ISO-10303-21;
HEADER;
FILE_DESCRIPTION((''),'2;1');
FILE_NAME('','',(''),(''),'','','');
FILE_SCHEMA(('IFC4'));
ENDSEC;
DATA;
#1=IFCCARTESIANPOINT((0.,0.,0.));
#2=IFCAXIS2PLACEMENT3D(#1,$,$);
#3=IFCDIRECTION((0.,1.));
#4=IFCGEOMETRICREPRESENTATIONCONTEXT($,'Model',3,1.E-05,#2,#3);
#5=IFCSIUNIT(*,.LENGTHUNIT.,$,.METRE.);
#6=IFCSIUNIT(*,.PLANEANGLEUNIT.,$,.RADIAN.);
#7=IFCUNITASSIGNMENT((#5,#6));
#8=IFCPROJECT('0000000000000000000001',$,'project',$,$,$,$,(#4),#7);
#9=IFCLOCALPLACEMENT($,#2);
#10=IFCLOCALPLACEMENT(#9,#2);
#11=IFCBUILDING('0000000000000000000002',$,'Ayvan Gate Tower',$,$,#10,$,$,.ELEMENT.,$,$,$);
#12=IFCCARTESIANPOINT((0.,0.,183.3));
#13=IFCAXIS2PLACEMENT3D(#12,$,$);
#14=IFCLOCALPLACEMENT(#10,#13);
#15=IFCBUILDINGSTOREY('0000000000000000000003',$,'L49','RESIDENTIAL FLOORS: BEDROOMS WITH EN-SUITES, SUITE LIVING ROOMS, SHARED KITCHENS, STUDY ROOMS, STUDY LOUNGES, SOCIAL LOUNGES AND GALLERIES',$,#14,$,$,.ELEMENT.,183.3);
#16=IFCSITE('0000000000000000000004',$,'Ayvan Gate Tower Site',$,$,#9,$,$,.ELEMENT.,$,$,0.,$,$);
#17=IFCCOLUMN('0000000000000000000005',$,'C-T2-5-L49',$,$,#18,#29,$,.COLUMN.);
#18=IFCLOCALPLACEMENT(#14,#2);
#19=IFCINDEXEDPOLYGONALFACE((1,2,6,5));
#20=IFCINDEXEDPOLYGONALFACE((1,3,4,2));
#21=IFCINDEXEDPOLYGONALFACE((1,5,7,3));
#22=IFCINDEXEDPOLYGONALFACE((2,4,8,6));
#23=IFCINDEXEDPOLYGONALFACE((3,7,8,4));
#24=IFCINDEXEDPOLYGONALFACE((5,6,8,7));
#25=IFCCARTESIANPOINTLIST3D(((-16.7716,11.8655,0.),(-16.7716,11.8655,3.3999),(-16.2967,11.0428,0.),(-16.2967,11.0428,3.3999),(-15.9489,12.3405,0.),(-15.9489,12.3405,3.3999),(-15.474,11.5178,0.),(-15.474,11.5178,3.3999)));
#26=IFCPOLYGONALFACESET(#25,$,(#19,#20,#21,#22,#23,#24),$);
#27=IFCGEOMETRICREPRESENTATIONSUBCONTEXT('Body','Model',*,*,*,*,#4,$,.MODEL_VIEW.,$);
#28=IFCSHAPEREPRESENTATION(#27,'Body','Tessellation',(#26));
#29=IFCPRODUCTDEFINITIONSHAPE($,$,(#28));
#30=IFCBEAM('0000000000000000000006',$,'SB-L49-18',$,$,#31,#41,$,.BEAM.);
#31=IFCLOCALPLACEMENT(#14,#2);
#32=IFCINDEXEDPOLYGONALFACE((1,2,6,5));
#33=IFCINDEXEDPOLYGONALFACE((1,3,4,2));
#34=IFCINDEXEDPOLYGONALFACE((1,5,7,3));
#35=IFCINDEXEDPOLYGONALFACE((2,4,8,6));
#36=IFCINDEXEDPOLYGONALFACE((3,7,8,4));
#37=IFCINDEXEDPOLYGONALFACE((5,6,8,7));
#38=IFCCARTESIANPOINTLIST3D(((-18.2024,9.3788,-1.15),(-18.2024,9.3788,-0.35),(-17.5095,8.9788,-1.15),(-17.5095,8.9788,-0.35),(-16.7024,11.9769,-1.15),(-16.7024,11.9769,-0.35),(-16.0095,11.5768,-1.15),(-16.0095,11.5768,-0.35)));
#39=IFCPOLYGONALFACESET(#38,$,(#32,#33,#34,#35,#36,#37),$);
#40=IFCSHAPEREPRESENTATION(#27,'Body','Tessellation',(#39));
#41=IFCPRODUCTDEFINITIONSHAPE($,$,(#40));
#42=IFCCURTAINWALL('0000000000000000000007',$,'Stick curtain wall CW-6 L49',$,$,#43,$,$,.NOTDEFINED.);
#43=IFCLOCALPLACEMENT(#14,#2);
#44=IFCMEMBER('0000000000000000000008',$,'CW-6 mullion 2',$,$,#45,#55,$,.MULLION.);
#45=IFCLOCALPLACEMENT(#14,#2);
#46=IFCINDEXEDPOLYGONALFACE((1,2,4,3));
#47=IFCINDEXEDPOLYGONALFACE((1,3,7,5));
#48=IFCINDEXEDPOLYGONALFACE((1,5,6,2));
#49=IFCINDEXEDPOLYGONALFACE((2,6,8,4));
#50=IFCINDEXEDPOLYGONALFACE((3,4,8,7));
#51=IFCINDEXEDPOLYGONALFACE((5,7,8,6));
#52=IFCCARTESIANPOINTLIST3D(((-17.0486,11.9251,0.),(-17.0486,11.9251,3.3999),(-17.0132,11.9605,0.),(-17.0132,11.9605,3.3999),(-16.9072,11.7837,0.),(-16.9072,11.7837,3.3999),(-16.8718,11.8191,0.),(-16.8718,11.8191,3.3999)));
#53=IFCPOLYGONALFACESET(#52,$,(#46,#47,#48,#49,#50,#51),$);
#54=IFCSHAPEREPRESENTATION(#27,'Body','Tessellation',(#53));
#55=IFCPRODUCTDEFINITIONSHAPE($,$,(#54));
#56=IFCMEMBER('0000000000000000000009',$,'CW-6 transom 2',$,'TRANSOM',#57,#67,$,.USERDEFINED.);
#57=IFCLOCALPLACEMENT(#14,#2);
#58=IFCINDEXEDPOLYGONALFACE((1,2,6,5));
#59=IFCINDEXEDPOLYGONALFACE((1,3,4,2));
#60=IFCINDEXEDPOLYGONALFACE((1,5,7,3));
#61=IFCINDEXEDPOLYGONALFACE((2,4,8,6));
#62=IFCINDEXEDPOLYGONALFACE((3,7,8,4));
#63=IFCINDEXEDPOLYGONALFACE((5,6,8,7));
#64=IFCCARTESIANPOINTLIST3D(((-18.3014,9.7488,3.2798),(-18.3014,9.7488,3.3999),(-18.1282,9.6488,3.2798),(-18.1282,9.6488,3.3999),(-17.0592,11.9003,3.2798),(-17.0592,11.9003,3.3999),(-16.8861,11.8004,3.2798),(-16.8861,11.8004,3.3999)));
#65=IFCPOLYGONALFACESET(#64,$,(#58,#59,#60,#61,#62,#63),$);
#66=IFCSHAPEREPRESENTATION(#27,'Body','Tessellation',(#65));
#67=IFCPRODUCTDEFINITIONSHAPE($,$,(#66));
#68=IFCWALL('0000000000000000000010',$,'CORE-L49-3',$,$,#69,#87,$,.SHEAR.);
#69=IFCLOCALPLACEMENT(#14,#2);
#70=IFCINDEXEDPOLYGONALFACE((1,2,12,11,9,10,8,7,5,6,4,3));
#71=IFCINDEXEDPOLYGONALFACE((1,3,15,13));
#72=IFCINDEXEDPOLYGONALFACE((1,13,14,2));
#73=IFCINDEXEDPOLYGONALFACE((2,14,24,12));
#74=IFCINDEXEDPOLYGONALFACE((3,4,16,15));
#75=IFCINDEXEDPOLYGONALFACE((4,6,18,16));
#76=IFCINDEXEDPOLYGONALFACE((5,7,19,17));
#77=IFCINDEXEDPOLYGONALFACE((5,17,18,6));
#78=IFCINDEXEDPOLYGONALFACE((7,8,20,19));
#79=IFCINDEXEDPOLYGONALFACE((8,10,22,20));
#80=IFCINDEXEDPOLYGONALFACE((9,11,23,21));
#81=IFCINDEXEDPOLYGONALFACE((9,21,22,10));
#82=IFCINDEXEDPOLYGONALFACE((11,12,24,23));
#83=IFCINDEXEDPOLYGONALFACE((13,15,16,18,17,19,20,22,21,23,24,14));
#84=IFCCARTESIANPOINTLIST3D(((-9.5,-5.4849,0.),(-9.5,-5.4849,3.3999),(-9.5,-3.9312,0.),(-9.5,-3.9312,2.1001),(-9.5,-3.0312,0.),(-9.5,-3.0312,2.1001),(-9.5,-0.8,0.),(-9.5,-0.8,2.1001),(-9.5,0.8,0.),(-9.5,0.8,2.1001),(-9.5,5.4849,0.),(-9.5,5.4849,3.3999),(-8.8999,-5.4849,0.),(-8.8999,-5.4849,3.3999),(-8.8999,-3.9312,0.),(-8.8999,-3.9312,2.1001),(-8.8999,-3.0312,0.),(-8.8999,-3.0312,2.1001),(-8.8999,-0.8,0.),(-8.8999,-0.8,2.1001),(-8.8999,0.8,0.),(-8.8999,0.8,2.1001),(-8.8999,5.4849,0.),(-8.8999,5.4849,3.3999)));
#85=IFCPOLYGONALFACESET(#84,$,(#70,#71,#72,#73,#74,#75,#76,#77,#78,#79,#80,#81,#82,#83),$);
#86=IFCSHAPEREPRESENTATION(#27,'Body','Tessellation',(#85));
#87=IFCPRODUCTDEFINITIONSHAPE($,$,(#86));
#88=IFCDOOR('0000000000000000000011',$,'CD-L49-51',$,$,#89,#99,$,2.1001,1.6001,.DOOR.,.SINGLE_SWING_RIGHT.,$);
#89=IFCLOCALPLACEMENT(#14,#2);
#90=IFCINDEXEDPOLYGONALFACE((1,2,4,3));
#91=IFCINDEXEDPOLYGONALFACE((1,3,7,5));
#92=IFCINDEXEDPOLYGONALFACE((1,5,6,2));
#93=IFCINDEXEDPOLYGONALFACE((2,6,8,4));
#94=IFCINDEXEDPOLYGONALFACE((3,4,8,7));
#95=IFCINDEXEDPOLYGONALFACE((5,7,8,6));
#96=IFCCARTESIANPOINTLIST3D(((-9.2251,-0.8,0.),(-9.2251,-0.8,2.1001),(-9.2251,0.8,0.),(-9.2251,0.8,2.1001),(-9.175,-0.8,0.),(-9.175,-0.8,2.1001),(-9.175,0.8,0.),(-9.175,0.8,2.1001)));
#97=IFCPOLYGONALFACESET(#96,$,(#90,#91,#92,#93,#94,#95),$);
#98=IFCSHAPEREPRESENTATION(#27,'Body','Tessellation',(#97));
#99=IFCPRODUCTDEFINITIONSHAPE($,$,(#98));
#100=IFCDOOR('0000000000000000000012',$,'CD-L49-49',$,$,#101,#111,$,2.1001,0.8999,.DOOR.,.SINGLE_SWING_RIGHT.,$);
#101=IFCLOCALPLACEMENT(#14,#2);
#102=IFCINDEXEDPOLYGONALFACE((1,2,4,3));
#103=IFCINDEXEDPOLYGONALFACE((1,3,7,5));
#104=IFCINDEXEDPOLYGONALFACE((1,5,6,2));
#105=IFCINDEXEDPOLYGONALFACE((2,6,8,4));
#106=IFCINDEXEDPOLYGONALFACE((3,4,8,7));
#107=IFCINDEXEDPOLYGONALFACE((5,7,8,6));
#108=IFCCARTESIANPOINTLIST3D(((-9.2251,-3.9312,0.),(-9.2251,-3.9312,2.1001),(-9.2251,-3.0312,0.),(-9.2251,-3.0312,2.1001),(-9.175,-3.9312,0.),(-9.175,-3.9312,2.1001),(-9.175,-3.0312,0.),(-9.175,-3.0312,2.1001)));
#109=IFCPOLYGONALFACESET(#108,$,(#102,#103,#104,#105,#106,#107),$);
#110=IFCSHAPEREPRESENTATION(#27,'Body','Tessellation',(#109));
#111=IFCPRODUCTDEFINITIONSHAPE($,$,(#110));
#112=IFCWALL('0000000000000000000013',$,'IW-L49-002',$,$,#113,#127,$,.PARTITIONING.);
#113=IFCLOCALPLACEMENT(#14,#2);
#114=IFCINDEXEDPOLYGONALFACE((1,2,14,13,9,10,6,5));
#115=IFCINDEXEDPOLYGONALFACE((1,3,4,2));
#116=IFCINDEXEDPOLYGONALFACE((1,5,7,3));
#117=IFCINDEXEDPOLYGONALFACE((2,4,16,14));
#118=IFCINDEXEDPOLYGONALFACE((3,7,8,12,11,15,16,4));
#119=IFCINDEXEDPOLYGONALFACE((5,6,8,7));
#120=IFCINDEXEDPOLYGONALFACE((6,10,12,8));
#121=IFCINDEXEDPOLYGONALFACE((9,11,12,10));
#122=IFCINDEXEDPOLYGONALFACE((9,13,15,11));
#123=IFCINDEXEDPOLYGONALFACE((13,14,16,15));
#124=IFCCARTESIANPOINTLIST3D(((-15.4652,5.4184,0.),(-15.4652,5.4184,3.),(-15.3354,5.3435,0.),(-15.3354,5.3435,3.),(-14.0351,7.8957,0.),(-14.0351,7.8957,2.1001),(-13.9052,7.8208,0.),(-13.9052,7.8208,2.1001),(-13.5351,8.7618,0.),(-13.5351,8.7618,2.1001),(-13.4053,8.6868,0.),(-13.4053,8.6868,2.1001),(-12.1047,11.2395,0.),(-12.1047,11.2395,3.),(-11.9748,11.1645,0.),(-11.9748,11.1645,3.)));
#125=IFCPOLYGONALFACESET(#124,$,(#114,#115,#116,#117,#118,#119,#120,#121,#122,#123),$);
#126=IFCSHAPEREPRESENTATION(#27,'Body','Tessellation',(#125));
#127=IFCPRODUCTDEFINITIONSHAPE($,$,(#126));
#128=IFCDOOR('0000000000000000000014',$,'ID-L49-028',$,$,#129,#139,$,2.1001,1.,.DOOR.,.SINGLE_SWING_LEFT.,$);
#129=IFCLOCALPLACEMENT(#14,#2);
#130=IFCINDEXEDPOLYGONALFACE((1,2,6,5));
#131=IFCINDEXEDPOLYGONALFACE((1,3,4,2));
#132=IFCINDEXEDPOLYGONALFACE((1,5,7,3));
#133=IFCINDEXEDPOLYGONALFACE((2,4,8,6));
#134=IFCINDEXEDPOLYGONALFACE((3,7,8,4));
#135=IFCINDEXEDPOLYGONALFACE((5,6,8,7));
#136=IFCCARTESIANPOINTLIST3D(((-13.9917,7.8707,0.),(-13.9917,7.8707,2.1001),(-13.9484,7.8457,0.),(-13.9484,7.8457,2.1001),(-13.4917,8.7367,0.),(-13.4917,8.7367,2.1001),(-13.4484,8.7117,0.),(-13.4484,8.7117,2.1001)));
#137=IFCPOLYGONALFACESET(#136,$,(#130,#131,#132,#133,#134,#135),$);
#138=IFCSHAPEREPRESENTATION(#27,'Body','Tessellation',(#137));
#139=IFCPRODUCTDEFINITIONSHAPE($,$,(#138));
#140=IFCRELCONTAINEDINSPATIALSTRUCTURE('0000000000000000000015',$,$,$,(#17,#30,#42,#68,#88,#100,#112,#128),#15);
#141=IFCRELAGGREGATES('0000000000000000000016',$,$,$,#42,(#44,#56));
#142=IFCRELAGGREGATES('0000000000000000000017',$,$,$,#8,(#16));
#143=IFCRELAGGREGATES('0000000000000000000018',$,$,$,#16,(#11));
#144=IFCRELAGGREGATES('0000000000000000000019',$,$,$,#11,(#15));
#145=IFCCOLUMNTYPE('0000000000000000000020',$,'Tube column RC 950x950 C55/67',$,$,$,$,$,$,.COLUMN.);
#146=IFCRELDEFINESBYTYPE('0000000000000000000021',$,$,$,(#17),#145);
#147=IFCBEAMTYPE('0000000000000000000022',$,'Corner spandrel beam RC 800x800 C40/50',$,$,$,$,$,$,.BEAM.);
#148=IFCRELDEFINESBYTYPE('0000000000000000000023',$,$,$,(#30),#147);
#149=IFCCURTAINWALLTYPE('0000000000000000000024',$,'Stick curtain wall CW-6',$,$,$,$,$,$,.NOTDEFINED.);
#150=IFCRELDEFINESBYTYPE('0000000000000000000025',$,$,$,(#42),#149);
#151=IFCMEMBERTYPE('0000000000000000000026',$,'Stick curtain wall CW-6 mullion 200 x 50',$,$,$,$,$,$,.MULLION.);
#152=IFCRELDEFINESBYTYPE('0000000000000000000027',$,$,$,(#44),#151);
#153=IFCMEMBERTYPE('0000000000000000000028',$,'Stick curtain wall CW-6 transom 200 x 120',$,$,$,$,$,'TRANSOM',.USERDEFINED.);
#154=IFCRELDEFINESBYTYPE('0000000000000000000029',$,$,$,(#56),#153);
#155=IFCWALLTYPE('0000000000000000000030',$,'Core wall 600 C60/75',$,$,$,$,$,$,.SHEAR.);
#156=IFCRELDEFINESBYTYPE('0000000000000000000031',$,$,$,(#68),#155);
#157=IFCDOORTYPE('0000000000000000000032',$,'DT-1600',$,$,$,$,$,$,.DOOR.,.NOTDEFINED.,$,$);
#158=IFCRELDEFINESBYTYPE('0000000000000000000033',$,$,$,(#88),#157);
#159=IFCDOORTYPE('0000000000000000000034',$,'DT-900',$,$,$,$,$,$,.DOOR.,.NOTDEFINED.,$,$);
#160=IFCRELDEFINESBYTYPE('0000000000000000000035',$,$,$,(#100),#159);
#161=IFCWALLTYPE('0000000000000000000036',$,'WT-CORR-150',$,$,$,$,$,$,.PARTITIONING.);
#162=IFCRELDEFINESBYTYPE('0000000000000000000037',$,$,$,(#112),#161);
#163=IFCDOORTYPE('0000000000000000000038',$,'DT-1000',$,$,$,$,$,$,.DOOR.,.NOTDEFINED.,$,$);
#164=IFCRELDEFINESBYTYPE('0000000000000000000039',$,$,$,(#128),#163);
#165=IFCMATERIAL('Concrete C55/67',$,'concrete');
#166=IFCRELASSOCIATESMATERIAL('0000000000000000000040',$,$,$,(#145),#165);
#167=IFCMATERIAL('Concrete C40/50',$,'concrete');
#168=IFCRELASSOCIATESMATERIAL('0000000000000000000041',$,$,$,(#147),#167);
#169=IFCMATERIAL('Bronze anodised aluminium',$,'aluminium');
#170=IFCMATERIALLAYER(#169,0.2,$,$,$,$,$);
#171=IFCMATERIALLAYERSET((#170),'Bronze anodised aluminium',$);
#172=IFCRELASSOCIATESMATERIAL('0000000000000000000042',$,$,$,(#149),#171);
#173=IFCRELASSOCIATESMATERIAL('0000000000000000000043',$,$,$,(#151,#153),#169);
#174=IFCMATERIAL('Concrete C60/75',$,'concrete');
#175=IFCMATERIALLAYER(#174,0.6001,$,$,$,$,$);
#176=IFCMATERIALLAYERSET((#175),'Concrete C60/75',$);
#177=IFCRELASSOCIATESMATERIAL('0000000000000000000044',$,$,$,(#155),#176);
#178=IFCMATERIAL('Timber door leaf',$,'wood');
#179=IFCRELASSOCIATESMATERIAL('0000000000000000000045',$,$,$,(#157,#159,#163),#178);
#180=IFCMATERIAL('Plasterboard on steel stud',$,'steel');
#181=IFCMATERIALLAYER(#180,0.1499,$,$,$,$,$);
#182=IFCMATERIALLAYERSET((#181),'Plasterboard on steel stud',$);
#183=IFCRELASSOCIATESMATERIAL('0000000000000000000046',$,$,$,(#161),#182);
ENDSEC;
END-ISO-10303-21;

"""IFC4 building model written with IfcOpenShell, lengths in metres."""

from ifc_helpers import new_model, si_unit, direction, frame, frame_2d, origin, origin_2d, place, context, subcontext, project, spatial, rectangle, extrude, material, layer, layer_set, material_profile, profile_set, type_object, element, fill, aggregate, save


model = new_model("IFC4")

# Units and contexts
model_context = context("Model", 3, precision=1e-05, world=origin(), true_north=direction((0.0, 1.0)))
body_context = subcontext(model_context, "Body", "Model", "MODEL_VIEW")
ifc_project = project(units=[si_unit("LENGTHUNIT", "METRE"), si_unit("PLANEANGLEUNIT", "RADIAN")], contexts=[model_context])

# Site, building, storey
site_placement = place(None, origin())
site = spatial("IfcSite", under=ifc_project, at=site_placement, Name="Ayvan Gate Tower Site", CompositionType="ELEMENT", RefElevation=0.0)
building_placement = place(site_placement, origin())
building = spatial("IfcBuilding", under=site, at=building_placement, Name="Ayvan Gate Tower", CompositionType="ELEMENT")
storey_placement = place(building_placement, frame((0.0, 0.0, 183.3)))
storey = spatial("IfcBuildingStorey", under=building, at=storey_placement, Name="L49", Description="RESIDENTIAL FLOORS: BEDROOMS WITH EN-SUITES, SUITE LIVING ROOMS, SHARED KITCHENS, STUDY ROOMS, STUDY LOUNGES, SOCIAL LOUNGES AND GALLERIES", CompositionType="ELEMENT", Elevation=183.3)

# Column
ifc_material_1 = material(Name="Concrete C55/67", Category="concrete")
ifc_material_profile_1 = material_profile(ifc_material_1, rectangle(XDim=0.95, YDim=0.95, at=origin_2d()), Name="RC 950x950")
ifc_profile_set_1 = profile_set([ifc_material_profile_1], Name="Concrete C55/67")
column_type = type_object("IfcColumnType", Name="Tube column RC 950x950 C55/67", PredefinedType="COLUMN", material=ifc_profile_set_1)
column_placement = place(storey_placement, frame((-16.1228, 11.6917, 0.0), z_axis=(0.0, 0.0, 1.0), x_axis=(-0.5, 0.866025, 0.0)))
element("IfcColumn", 1, at=column_placement, inside=storey, type_object=column_type, Name="C-T2-5-L49", PredefinedType="COLUMN", context=body_context, shape_type="SweptSolid", body=[
    extrude(rectangle(XDim=0.95, YDim=0.95, at=origin_2d()), origin(), (0.0, 0.0, 1.0), 3.3999),
])

# Beam
ifc_material_2 = material(Name="Concrete C40/50", Category="concrete")
ifc_material_profile_2 = material_profile(ifc_material_2, rectangle(XDim=0.8, YDim=0.8, at=origin_2d()), Name="RC 800x800")
ifc_profile_set_2 = profile_set([ifc_material_profile_2], Name="Concrete C40/50")
beam_type = type_object("IfcBeamType", Name="Corner spandrel beam RC 800x800 C40/50", PredefinedType="BEAM", material=ifc_profile_set_2)
beam_placement = place(storey_placement, frame((-16.356, 11.7769, -0.75), z_axis=(-0.49999, -0.866031, 0.0), x_axis=(0.866031, -0.49999, 0.0)))
element("IfcBeam", 2, at=beam_placement, inside=storey, type_object=beam_type, Name="SB-L49-18", PredefinedType="BEAM", context=body_context, shape_type="SweptSolid", body=[
    extrude(rectangle(XDim=0.8, YDim=0.8, at=origin_2d()), origin(), (0.0, 0.0, 1.0), 3.0),
])

# Curtain wall, members
ifc_material_3 = material(Name="Bronze anodised aluminium", Category="aluminium")
ifc_layer_1 = layer(ifc_material_3, 0.2)
ifc_layer_set_1 = layer_set([ifc_layer_1], Name="Bronze anodised aluminium")
curtain_wall_type = type_object("IfcCurtainWallType", Name="Stick curtain wall CW-6", PredefinedType="NOTDEFINED", material=ifc_layer_set_1)
curtain_wall_placement = place(storey_placement, origin())
curtain_wall = element("IfcCurtainWall", 3, at=curtain_wall_placement, inside=storey, type_object=curtain_wall_type, Name="Stick curtain wall CW-6 L49", PredefinedType="NOTDEFINED")
ifc_material_profile_3 = material_profile(ifc_material_3, rectangle(XDim=0.2, YDim=0.05, at=origin_2d()), Name="Stick curtain wall CW-6 mullion 200 x 50")
ifc_profile_set_3 = profile_set([ifc_material_profile_3], Name="Bronze anodised aluminium")
member_type_1 = type_object("IfcMemberType", Name="Stick curtain wall CW-6 mullion 200 x 50", PredefinedType="MULLION", material=ifc_profile_set_3)
member_1_placement = place(storey_placement, frame((-16.9602, 11.8721, 0.0), z_axis=(0.0, 0.0, 1.0), x_axis=(-0.707107, 0.707107, 0.0)))
member_1 = element("IfcMember", 4, at=member_1_placement, type_object=member_type_1, Name="CW-6 mullion 2", PredefinedType="MULLION", context=body_context, shape_type="SweptSolid", body=[
    extrude(rectangle(XDim=0.2, YDim=0.05, at=origin_2d()), origin(), (0.0, 0.0, 1.0), 3.3999),
])
ifc_material_profile_4 = material_profile(ifc_material_3, rectangle(XDim=0.2, YDim=0.1201, at=origin_2d()), Name="Stick curtain wall CW-6 transom 200 x 120")
ifc_profile_set_4 = profile_set([ifc_material_profile_4], Name="Bronze anodised aluminium")
member_type_2 = type_object("IfcMemberType", Name="Stick curtain wall CW-6 transom 200 x 120", ElementType="TRANSOM", PredefinedType="USERDEFINED", material=ifc_profile_set_4)
member_2_placement = place(storey_placement, frame((-16.9727, 11.8503, 3.3398), z_axis=(-0.499986, -0.866033, 0.0), x_axis=(0.866033, -0.499986, 0.0)))
member_2 = element("IfcMember", 5, at=member_2_placement, type_object=member_type_2, Name="CW-6 transom 2", ObjectType="TRANSOM", PredefinedType="USERDEFINED", context=body_context, shape_type="SweptSolid", body=[
    extrude(rectangle(XDim=0.2, YDim=0.1201, at=origin_2d()), origin(), (0.0, 0.0, 1.0), 2.4844),
])
aggregate(curtain_wall, [member_1, member_2])

# Wall, openings, doors
ifc_material_4 = material(Name="Concrete C60/75", Category="concrete")
ifc_layer_2 = layer(ifc_material_4, 0.6001)
ifc_layer_set_2 = layer_set([ifc_layer_2], Name="Concrete C60/75")
wall_type_1 = type_object("IfcWallType", Name="Core wall 600 C60/75", PredefinedType="SHEAR", material=ifc_layer_set_2)
wall_1_placement = place(storey_placement, frame((-9.2, 5.4849, 0.0), z_axis=(0.0, 0.0, 1.0), x_axis=(0.0, -1.0, 0.0)))
wall_1 = element("IfcWall", 6, at=wall_1_placement, inside=storey, type_object=wall_type_1, Name="CORE-L49-3", PredefinedType="SHEAR", context=body_context, shape_type="SweptSolid", body=[
    extrude(rectangle(XDim=10.9697, YDim=0.6001, at=frame_2d((5.4849, 0.0))), origin(), (0.0, 0.0, 1.0), 3.3999),
])
opening_1_placement = place(wall_1_placement, frame((8.5161, 0.0, 0.0)))
opening_1 = element("IfcOpeningElement", 7, at=opening_1_placement, cuts=wall_1, PredefinedType="OPENING", context=body_context, shape_type="SweptSolid", body=[
    extrude(rectangle(XDim=0.8999, YDim=2.1001, at=frame_2d((0.45, 1.05))), frame((0.0, 0.3101, 0.0), z_axis=(0.0, -1.0, 0.0), x_axis=(1.0, 0.0, 0.0)), (0.0, 0.0, 1.0), 0.6201),
])
opening_2_placement = place(wall_1_placement, frame((4.6848, 0.0, 0.0)))
opening_2 = element("IfcOpeningElement", 8, at=opening_2_placement, cuts=wall_1, PredefinedType="OPENING", context=body_context, shape_type="SweptSolid", body=[
    extrude(rectangle(XDim=1.6001, YDim=2.1001, at=frame_2d((0.8, 1.05))), frame((0.0, 0.3101, 0.0), z_axis=(0.0, -1.0, 0.0), x_axis=(1.0, 0.0, 0.0)), (0.0, 0.0, 1.0), 0.6201),
])
ifc_material_5 = material(Name="Timber door leaf", Category="wood")
door_type_1 = type_object("IfcDoorType", Name="DT-1600", OperationType="NOTDEFINED", PredefinedType="DOOR", material=ifc_material_5)
door_1_placement = place(opening_2_placement, origin())
door_1 = element("IfcDoor", 9, at=door_1_placement, inside=storey, type_object=door_type_1, Name="CD-L49-51", OperationType="SINGLE_SWING_RIGHT", OverallHeight=2.1001, OverallWidth=1.6001, PredefinedType="DOOR", context=body_context, shape_type="SweptSolid", body=[
    extrude(rectangle(XDim=1.6001, YDim=2.1001, at=frame_2d((0.8, 1.05))), frame((0.0, 0.0249, 0.0), z_axis=(0.0, -1.0, 0.0), x_axis=(1.0, 0.0, 0.0)), (0.0, 0.0, 1.0), 0.05),
])
fill(opening_2, door_1)
door_type_2 = type_object("IfcDoorType", Name="DT-900", OperationType="NOTDEFINED", PredefinedType="DOOR", material=ifc_material_5)
door_2_placement = place(opening_1_placement, origin())
door_2 = element("IfcDoor", 10, at=door_2_placement, inside=storey, type_object=door_type_2, Name="CD-L49-49", OperationType="SINGLE_SWING_RIGHT", OverallHeight=2.1001, OverallWidth=0.8999, PredefinedType="DOOR", context=body_context, shape_type="SweptSolid", body=[
    extrude(rectangle(XDim=0.8999, YDim=2.1001, at=frame_2d((0.45, 1.05))), frame((0.0, 0.0249, 0.0), z_axis=(0.0, -1.0, 0.0), x_axis=(1.0, 0.0, 0.0)), (0.0, 0.0, 1.0), 0.05),
])
fill(opening_1, door_2)

# Wall, opening, door
ifc_material_6 = material(Name="Plasterboard on steel stud", Category="steel")
ifc_layer_3 = layer(ifc_material_6, 0.1499)
ifc_layer_set_3 = layer_set([ifc_layer_3], Name="Plasterboard on steel stud")
wall_type_2 = type_object("IfcWallType", Name="WT-CORR-150", PredefinedType="PARTITIONING", material=ifc_layer_set_3)
wall_2_placement = place(storey_placement, frame((-15.4004, 5.3809, 0.0), z_axis=(0.0, 0.0, 1.0), x_axis=(0.499979, 0.866037, 0.0)))
wall_2 = element("IfcWall", 11, at=wall_2_placement, inside=storey, type_object=wall_type_2, Name="IW-L49-002", PredefinedType="PARTITIONING", context=body_context, shape_type="SweptSolid", body=[
    extrude(rectangle(XDim=6.7214, YDim=0.1499, at=frame_2d((3.3608, 0.0))), origin(), (0.0, 0.0, 1.0), 3.0),
])
opening_3_placement = place(wall_2_placement, frame((2.8606, 0.0, 0.0)))
opening_3 = element("IfcOpeningElement", 12, at=opening_3_placement, cuts=wall_2, PredefinedType="OPENING", context=body_context, shape_type="SweptSolid", body=[
    extrude(rectangle(XDim=1.0, YDim=2.1001, at=frame_2d((0.5, 1.05))), frame((0.0, 0.085, 0.0), z_axis=(0.0, -1.0, 0.0), x_axis=(1.0, 0.0, 0.0)), (0.0, 0.0, 1.0), 0.1699),
])
door_type_3 = type_object("IfcDoorType", Name="DT-1000", OperationType="NOTDEFINED", PredefinedType="DOOR", material=ifc_material_5)
door_3_placement = place(opening_3_placement, origin())
door_3 = element("IfcDoor", 13, at=door_3_placement, inside=storey, type_object=door_type_3, Name="ID-L49-028", OperationType="SINGLE_SWING_LEFT", OverallHeight=2.1001, OverallWidth=1.0, PredefinedType="DOOR", context=body_context, shape_type="SweptSolid", body=[
    extrude(rectangle(XDim=1.0, YDim=2.1001, at=frame_2d((0.5, 1.05))), frame((0.0, 0.0249, 0.0), z_axis=(0.0, -1.0, 0.0), x_axis=(1.0, 0.0, 0.0)), (0.0, 0.0, 1.0), 0.05),
])
fill(opening_3, door_3)

save(model, "model.ifc")
